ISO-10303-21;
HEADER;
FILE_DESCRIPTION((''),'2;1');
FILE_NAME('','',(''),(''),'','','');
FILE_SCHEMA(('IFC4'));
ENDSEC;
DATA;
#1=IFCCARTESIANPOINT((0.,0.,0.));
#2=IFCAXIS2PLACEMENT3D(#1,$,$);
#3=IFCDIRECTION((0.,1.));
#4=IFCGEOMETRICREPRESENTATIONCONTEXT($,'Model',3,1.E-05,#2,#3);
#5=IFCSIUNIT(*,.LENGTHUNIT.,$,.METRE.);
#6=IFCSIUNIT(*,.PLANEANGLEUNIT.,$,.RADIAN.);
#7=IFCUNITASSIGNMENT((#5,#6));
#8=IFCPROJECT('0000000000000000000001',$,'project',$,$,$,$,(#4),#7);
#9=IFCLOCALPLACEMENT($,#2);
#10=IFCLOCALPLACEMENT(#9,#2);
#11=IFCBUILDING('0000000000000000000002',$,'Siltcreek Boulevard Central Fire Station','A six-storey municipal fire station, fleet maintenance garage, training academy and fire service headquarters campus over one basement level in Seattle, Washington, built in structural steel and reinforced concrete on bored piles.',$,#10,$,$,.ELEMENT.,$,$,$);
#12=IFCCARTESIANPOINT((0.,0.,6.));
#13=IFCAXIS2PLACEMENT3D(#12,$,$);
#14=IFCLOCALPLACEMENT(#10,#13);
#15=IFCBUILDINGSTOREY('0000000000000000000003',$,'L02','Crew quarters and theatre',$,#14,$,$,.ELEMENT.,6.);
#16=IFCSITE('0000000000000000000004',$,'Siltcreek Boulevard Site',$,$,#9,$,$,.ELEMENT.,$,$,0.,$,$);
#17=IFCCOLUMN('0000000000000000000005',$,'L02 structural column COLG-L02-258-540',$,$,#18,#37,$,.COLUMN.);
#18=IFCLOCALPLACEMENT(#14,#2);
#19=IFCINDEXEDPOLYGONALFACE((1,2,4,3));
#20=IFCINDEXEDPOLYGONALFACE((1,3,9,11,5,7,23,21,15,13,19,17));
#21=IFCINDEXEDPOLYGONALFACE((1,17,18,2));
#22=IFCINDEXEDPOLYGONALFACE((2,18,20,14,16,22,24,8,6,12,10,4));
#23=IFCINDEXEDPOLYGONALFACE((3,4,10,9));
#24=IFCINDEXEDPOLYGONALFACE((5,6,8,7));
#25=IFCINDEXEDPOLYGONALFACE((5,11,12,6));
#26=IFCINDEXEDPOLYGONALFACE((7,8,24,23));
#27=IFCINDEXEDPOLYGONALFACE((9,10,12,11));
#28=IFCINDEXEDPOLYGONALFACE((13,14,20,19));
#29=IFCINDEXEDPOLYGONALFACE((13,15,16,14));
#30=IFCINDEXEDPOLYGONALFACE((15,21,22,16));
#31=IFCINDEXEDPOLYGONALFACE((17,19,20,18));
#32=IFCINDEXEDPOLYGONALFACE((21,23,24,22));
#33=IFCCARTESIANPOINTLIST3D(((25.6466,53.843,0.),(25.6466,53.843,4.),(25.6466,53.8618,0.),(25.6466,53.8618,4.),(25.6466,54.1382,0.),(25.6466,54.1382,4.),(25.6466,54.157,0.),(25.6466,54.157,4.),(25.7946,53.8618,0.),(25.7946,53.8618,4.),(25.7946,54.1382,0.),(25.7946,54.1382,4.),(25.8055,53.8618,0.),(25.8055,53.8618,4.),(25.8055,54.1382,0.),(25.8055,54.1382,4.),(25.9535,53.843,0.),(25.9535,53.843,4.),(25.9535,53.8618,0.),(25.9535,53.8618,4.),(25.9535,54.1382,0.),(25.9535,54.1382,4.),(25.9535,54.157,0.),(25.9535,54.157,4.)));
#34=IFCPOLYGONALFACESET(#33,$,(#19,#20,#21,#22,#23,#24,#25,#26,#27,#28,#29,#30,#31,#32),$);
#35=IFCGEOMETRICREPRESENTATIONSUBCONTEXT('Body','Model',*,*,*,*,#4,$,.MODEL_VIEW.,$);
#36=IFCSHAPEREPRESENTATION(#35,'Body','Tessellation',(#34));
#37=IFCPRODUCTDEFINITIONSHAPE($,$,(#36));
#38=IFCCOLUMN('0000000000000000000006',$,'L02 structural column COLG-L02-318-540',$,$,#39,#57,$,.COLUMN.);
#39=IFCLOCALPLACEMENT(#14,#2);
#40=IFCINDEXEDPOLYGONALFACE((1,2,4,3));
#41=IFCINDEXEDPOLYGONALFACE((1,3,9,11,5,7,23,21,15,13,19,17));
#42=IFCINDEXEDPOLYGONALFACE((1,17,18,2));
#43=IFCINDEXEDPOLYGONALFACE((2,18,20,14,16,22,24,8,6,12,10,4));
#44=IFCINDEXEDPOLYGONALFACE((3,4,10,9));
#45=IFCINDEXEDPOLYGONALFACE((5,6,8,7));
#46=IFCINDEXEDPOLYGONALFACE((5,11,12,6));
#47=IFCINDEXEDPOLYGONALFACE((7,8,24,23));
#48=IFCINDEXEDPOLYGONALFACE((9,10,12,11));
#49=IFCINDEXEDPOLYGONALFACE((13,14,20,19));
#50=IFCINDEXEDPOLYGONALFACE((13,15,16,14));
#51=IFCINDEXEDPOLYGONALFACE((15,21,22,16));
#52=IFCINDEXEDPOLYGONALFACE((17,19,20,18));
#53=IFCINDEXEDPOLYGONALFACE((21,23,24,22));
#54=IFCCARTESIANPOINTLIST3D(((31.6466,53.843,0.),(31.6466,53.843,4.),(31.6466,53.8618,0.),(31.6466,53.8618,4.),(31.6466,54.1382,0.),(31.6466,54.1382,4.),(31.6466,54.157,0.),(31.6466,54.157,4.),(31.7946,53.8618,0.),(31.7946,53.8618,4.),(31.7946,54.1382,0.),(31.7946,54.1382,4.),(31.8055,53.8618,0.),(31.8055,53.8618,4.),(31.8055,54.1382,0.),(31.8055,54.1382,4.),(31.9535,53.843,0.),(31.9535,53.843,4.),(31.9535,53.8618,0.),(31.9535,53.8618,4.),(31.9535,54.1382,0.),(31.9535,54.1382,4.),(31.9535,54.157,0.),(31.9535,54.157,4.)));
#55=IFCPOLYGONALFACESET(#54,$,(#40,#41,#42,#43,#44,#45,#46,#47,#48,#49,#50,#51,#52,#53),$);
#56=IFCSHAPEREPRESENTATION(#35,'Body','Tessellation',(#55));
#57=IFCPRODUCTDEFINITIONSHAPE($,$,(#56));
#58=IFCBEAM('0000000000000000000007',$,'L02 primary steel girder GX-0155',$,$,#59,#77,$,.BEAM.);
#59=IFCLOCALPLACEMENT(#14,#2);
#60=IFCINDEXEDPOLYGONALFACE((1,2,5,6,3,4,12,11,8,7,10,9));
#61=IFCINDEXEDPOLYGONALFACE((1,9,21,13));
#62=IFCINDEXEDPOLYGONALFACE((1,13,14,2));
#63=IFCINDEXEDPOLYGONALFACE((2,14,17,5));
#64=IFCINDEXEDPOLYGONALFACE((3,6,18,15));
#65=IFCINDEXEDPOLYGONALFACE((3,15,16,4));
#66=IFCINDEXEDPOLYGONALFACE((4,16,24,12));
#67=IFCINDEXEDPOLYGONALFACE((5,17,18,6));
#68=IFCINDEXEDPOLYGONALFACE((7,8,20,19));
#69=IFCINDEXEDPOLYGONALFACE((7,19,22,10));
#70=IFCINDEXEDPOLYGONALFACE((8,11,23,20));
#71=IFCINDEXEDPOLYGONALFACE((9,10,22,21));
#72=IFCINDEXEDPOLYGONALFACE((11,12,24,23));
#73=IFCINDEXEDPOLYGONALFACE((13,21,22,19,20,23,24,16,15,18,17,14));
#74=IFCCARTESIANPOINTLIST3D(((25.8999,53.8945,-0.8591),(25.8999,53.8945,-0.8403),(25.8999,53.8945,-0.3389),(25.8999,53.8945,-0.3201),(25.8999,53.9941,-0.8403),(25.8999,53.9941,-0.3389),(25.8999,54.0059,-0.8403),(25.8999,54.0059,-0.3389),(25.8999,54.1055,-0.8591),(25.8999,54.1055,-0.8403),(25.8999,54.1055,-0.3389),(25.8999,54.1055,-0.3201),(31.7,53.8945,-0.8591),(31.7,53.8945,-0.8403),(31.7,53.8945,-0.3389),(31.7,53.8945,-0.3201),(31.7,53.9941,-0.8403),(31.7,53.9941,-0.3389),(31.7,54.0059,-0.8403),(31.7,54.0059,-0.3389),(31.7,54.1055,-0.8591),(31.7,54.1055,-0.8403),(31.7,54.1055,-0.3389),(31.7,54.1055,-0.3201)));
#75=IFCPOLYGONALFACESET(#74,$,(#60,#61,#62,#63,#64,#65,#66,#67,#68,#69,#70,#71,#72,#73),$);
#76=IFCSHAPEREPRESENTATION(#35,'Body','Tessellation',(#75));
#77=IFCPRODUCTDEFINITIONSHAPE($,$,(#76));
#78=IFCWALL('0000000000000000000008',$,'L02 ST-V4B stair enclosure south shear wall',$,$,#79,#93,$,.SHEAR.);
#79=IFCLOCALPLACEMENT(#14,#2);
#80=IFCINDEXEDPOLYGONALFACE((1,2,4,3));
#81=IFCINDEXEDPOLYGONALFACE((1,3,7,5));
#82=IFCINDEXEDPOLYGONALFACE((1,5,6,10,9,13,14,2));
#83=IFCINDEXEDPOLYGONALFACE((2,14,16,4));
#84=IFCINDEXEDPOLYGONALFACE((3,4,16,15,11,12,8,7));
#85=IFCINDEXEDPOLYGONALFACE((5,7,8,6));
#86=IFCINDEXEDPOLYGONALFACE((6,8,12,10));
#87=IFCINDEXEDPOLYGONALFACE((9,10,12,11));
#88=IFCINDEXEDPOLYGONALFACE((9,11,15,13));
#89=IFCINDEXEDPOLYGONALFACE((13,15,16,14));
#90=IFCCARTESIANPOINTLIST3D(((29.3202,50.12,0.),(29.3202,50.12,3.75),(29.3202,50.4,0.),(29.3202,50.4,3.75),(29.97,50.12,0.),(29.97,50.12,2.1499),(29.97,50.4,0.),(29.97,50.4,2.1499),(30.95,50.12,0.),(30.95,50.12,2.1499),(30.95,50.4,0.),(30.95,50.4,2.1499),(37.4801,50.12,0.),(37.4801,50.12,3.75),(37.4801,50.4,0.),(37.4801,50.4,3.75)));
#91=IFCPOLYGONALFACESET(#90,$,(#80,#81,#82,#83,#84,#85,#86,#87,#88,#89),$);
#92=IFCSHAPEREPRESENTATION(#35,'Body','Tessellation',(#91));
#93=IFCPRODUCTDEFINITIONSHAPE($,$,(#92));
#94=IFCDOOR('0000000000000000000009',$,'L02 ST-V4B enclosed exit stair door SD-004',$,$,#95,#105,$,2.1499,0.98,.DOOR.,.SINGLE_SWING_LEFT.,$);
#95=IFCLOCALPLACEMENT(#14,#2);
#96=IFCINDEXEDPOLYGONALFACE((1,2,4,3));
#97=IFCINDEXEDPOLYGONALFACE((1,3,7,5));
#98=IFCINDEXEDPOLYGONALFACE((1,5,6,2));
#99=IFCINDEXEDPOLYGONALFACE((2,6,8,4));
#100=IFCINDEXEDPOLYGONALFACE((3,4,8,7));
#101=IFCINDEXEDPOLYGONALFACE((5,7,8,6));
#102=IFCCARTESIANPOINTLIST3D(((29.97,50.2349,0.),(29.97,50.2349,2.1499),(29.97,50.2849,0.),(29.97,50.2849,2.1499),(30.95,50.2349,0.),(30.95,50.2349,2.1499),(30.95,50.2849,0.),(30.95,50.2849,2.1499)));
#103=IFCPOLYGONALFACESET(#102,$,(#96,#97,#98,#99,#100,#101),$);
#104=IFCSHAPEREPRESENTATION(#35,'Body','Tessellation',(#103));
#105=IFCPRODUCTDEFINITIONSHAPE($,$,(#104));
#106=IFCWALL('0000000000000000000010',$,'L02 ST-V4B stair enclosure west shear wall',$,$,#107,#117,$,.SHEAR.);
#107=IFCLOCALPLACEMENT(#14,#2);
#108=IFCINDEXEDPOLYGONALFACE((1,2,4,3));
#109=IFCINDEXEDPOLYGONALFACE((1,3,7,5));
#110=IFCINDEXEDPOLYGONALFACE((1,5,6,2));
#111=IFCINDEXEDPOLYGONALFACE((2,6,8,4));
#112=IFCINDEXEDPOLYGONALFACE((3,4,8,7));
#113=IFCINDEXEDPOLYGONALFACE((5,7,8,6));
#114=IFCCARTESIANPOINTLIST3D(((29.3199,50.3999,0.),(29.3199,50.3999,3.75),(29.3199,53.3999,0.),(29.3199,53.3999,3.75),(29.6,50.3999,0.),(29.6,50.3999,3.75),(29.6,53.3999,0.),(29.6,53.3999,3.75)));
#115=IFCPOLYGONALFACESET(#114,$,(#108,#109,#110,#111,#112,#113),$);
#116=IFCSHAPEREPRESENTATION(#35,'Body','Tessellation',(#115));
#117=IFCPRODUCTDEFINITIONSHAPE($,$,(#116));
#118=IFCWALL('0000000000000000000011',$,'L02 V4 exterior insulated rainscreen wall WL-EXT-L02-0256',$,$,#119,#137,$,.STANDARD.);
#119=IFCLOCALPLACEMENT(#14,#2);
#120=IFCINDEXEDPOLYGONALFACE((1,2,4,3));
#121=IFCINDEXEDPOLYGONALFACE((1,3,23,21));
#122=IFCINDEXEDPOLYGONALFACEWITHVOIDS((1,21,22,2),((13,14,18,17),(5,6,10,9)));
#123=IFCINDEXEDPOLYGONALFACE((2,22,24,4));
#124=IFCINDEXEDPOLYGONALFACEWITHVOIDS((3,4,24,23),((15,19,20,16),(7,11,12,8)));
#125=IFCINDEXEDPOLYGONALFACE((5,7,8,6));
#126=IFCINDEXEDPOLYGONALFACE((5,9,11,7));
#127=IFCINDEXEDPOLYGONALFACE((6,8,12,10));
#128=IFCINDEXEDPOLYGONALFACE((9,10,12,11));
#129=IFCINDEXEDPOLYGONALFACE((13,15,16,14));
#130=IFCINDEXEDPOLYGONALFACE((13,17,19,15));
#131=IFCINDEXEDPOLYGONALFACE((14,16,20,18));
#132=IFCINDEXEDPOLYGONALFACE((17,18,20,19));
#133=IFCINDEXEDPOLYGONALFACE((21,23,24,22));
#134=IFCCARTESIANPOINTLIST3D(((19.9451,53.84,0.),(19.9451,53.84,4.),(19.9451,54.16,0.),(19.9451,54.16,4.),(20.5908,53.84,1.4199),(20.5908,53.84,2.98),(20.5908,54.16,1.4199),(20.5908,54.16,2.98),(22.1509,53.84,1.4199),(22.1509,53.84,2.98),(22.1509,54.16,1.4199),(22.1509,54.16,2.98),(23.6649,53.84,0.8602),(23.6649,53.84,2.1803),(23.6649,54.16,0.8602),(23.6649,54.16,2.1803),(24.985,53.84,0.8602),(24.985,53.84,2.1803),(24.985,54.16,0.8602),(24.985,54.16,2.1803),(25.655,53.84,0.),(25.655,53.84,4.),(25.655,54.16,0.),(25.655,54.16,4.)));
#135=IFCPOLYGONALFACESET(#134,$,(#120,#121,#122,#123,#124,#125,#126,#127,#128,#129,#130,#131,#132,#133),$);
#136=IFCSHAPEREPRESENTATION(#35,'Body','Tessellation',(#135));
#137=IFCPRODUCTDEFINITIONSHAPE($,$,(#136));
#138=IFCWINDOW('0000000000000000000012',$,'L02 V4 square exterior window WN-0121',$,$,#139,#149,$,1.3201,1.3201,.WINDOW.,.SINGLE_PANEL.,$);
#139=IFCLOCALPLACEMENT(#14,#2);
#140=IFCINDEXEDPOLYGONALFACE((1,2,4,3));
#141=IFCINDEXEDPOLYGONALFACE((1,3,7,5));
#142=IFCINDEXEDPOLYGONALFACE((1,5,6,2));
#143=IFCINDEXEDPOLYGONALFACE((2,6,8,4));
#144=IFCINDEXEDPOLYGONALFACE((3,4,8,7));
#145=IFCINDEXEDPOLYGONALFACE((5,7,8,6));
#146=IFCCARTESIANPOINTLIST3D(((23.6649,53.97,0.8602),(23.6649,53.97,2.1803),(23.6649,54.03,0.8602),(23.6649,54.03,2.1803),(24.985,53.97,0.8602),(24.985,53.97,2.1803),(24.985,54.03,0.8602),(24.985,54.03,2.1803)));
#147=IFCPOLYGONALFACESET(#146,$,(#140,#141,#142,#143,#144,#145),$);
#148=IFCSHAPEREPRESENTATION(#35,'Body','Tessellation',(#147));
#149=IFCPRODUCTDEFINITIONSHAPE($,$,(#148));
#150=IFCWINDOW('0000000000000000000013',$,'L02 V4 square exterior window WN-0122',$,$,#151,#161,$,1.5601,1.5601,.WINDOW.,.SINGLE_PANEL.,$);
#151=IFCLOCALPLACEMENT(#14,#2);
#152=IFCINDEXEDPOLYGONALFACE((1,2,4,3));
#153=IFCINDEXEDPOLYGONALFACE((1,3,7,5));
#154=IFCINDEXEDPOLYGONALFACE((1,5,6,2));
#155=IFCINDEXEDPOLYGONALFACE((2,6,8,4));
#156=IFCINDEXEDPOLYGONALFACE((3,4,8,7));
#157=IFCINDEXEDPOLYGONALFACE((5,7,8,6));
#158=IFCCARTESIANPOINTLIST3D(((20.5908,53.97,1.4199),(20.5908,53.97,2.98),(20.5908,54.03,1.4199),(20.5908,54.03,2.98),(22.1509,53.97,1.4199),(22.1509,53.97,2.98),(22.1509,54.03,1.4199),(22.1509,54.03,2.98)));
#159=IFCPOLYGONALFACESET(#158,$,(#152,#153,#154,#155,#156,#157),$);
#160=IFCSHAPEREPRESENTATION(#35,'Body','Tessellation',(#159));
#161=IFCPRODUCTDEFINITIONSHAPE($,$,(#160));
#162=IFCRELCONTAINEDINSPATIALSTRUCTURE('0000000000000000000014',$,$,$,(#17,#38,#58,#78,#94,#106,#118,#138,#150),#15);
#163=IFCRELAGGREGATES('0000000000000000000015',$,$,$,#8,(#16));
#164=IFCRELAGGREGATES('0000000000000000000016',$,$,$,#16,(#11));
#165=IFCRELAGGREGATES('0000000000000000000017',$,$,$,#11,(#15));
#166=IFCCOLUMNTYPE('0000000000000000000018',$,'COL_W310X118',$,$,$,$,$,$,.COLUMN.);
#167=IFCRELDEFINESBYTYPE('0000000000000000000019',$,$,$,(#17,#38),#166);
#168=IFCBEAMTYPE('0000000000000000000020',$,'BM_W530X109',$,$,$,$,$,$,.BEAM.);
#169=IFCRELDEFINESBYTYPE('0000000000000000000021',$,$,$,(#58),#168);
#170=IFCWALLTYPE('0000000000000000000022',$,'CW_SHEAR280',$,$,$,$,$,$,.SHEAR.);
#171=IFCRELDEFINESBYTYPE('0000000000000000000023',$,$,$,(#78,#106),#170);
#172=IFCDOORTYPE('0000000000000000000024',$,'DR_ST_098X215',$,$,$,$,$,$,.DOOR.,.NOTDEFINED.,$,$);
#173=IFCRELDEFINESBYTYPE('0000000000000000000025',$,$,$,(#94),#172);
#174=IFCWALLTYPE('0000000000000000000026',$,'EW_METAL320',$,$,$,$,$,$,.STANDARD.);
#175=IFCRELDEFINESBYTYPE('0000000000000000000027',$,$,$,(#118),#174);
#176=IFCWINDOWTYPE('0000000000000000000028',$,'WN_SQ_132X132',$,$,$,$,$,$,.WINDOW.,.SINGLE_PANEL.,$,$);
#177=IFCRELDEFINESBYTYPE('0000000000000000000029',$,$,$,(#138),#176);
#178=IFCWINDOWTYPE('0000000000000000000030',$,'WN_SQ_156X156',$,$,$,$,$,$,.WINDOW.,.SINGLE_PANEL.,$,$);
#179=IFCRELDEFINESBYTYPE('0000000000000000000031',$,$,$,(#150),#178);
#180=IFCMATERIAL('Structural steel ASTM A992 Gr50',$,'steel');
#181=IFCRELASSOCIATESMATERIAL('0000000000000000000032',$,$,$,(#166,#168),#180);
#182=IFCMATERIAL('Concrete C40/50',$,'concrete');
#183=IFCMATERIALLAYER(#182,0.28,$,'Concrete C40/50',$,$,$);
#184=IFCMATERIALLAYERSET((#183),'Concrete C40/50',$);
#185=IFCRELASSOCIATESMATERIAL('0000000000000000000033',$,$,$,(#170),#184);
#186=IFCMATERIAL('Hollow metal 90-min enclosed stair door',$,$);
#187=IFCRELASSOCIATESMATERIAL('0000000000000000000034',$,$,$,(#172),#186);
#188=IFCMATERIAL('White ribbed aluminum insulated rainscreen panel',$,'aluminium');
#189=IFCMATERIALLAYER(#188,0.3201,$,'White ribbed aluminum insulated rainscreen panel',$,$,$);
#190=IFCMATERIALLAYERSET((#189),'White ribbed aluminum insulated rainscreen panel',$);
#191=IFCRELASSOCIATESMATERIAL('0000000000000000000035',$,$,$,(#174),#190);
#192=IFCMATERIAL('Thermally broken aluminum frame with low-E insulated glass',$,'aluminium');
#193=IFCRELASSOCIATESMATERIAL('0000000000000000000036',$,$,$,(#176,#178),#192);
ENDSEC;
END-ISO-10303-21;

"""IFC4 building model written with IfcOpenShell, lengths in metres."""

from ifc_helpers import new_model, si_unit, direction, frame, frame_2d, origin, origin_2d, place, context, subcontext, project, spatial, rectangle, i_section, extrude, material, layer, layer_set, material_profile, profile_set, type_object, element, fill, save


model = new_model("IFC4")

# Units and contexts
model_context = context("Model", 3, precision=1e-05, world=origin(), true_north=direction((0.0, 1.0)))
body_context = subcontext(model_context, "Body", "Model", "MODEL_VIEW")
ifc_project = project(units=[si_unit("LENGTHUNIT", "METRE"), si_unit("PLANEANGLEUNIT", "RADIAN")], contexts=[model_context])

# Site, building, storey
site_placement = place(None, origin())
site = spatial("IfcSite", under=ifc_project, at=site_placement, Name="Siltcreek Boulevard Site", CompositionType="ELEMENT", RefElevation=0.0)
building_placement = place(site_placement, origin())
building = spatial("IfcBuilding", under=site, at=building_placement, Name="Siltcreek Boulevard Central Fire Station", Description="A six-storey municipal fire station, fleet maintenance garage, training academy and fire service headquarters campus over one basement level in Seattle, Washington, built in structural steel and reinforced concrete on bored piles.", CompositionType="ELEMENT")
storey_placement = place(building_placement, frame((0.0, 0.0, 6.0)))
storey = spatial("IfcBuildingStorey", under=building, at=storey_placement, Name="L02", Description="Crew quarters and theatre", CompositionType="ELEMENT", Elevation=6.0)

# Columns
ifc_material_1 = material(Name="Structural steel ASTM A992 Gr50", Category="steel")
ifc_material_profile_1 = material_profile(ifc_material_1, i_section(OverallWidth=0.3069, OverallDepth=0.314, WebThickness=0.011, FlangeThickness=0.0188, at=origin_2d()), Name="W310X118")
ifc_profile_set_1 = profile_set([ifc_material_profile_1], Name="Structural steel ASTM A992 Gr50")
column_type = type_object("IfcColumnType", Name="COL_W310X118", PredefinedType="COLUMN", material=ifc_profile_set_1)
for number, where, z_axis, x_axis, name in (
    (1, (25.8, 54.0, 0.0), (0.0, 0.0, 1.0), (1.0, 0.0, 0.0), "L02 structural column COLG-L02-258-540"),
    (2, (31.8, 54.0, 0.0), (0.0, 0.0, 1.0), (1.0, 0.0, 0.0), "L02 structural column COLG-L02-318-540"),
):
    element("IfcColumn", number, at=place(storey_placement, frame(where, z_axis=z_axis, x_axis=x_axis)), inside=storey, type_object=column_type, Name=name, PredefinedType="COLUMN", context=body_context, shape_type="SweptSolid", body=[
        extrude(i_section(OverallWidth=0.3069, OverallDepth=0.314, WebThickness=0.011, FlangeThickness=0.0188, at=origin_2d()), origin(), (0.0, 0.0, 1.0), 4.0),
    ])

# Beam
ifc_material_profile_2 = material_profile(ifc_material_1, i_section(OverallWidth=0.2109, OverallDepth=0.5391, WebThickness=0.0117, FlangeThickness=0.0188, at=origin_2d()), Name="W530X109")
ifc_profile_set_2 = profile_set([ifc_material_profile_2], Name="Structural steel ASTM A992 Gr50")
beam_type = type_object("IfcBeamType", Name="BM_W530X109", PredefinedType="BEAM", material=ifc_profile_set_2)
beam_placement = place(storey_placement, frame((25.8999, 54.0, -0.5896), z_axis=(1.0, 0.0, 0.0), x_axis=(0.0, 1.0, 0.0)))
element("IfcBeam", 3, at=beam_placement, inside=storey, type_object=beam_type, Name="L02 primary steel girder GX-0155", PredefinedType="BEAM", context=body_context, shape_type="SweptSolid", body=[
    extrude(i_section(OverallWidth=0.2109, OverallDepth=0.5391, WebThickness=0.0117, FlangeThickness=0.0188, at=origin_2d()), origin(), (0.0, 0.0, 1.0), 5.8),
])

# Wall, opening, door
ifc_material_2 = material(Name="Concrete C40/50", Category="concrete")
ifc_layer_1 = layer(ifc_material_2, 0.28, Name="Concrete C40/50")
ifc_layer_set_1 = layer_set([ifc_layer_1], Name="Concrete C40/50")
wall_type_1 = type_object("IfcWallType", Name="CW_SHEAR280", PredefinedType="SHEAR", material=ifc_layer_set_1)
wall_1_placement = place(storey_placement, frame((29.3201, 50.26, 0.0), z_axis=(0.0, 0.0, 1.0), x_axis=(1.0, 0.0, 0.0)))
wall_1 = element("IfcWall", 4, at=wall_1_placement, inside=storey, type_object=wall_type_1, Name="L02 ST-V4B stair enclosure south shear wall", PredefinedType="SHEAR", context=body_context, shape_type="SweptSolid", body=[
    extrude(rectangle(XDim=8.1599, YDim=0.28, at=frame_2d((4.0801, 0.0))), origin(), (0.0, 0.0, 1.0), 3.75),
])
opening_1_placement = place(wall_1_placement, frame((0.6499, 0.0, 0.0)))
opening_1 = element("IfcOpeningElement", 5, at=opening_1_placement, cuts=wall_1, PredefinedType="OPENING", context=body_context, shape_type="SweptSolid", body=[
    extrude(rectangle(XDim=0.98, YDim=2.1499, at=frame_2d((0.49, 1.075))), frame((0.0, 0.1499, 0.0), z_axis=(0.0, -1.0, 0.0), x_axis=(1.0, 0.0, 0.0)), (0.0, 0.0, 1.0), 0.3),
])
ifc_material_3 = material(Name="Hollow metal 90-min enclosed stair door")
door_type_1 = type_object("IfcDoorType", Name="DR_ST_098X215", OperationType="NOTDEFINED", PredefinedType="DOOR", material=ifc_material_3)
door_1_placement = place(opening_1_placement, origin())
door_1 = element("IfcDoor", 6, at=door_1_placement, inside=storey, type_object=door_type_1, Name="L02 ST-V4B enclosed exit stair door SD-004", OperationType="SINGLE_SWING_LEFT", OverallHeight=2.1499, OverallWidth=0.98, PredefinedType="DOOR", context=body_context, shape_type="SweptSolid", body=[
    extrude(rectangle(XDim=0.98, YDim=2.1499, at=frame_2d((0.49, 1.075))), frame((0.0, 0.0249, 0.0), z_axis=(0.0, -1.0, 0.0), x_axis=(1.0, 0.0, 0.0)), (0.0, 0.0, 1.0), 0.05),
])
fill(opening_1, door_1)

# Wall
wall_2_placement = place(storey_placement, frame((29.46, 53.3999, 0.0), z_axis=(0.0, 0.0, 1.0), x_axis=(0.0, -1.0, 0.0)))
element("IfcWall", 7, at=wall_2_placement, inside=storey, type_object=wall_type_1, Name="L02 ST-V4B stair enclosure west shear wall", PredefinedType="SHEAR", context=body_context, shape_type="SweptSolid", body=[
    extrude(rectangle(XDim=3.0, YDim=0.28, at=frame_2d((1.5, 0.0))), origin(), (0.0, 0.0, 1.0), 3.75),
])

# Wall, openings, windows
ifc_material_4 = material(Name="White ribbed aluminum insulated rainscreen panel", Category="aluminium")
ifc_layer_2 = layer(ifc_material_4, 0.3201, Name="White ribbed aluminum insulated rainscreen panel")
ifc_layer_set_2 = layer_set([ifc_layer_2], Name="White ribbed aluminum insulated rainscreen panel")
wall_type_2 = type_object("IfcWallType", Name="EW_METAL320", PredefinedType="STANDARD", material=ifc_layer_set_2)
wall_3_placement = place(storey_placement, frame((25.655, 54.0, 0.0), z_axis=(0.0, 0.0, 1.0), x_axis=(-1.0, 0.0, 0.0)))
wall_3 = element("IfcWall", 8, at=wall_3_placement, inside=storey, type_object=wall_type_2, Name="L02 V4 exterior insulated rainscreen wall WL-EXT-L02-0256", PredefinedType="STANDARD", context=body_context, shape_type="SweptSolid", body=[
    extrude(rectangle(XDim=5.71, YDim=0.3201, at=frame_2d((2.855, 0.0))), origin(), (0.0, 0.0, 1.0), 4.0),
])
opening_2_placement = place(wall_3_placement, frame((0.6699, 0.0, 0.8601)))
opening_2 = element("IfcOpeningElement", 9, at=opening_2_placement, cuts=wall_3, PredefinedType="OPENING", context=body_context, shape_type="SweptSolid", body=[
    extrude(rectangle(XDim=1.3201, YDim=1.3201, at=frame_2d((0.6602, 0.6602))), frame((0.0, 0.1699, 0.0), z_axis=(0.0, -1.0, 0.0), x_axis=(1.0, 0.0, 0.0)), (0.0, 0.0, 1.0), 0.3401),
])
opening_3_placement = place(wall_3_placement, frame((3.5042, 0.0, 1.4199)))
opening_3 = element("IfcOpeningElement", 10, at=opening_3_placement, cuts=wall_3, PredefinedType="OPENING", context=body_context, shape_type="SweptSolid", body=[
    extrude(rectangle(XDim=1.5601, YDim=1.5601, at=frame_2d((0.78, 0.78))), frame((0.0, 0.1699, 0.0), z_axis=(0.0, -1.0, 0.0), x_axis=(1.0, 0.0, 0.0)), (0.0, 0.0, 1.0), 0.3401),
])
ifc_material_5 = material(Name="Thermally broken aluminum frame with low-E insulated glass", Category="aluminium")
window_type_1 = type_object("IfcWindowType", Name="WN_SQ_132X132", PartitioningType="SINGLE_PANEL", PredefinedType="WINDOW", material=ifc_material_5)
window_1_placement = place(opening_2_placement, origin())
window_1 = element("IfcWindow", 11, at=window_1_placement, inside=storey, type_object=window_type_1, Name="L02 V4 square exterior window WN-0121", OverallHeight=1.3201, OverallWidth=1.3201, PartitioningType="SINGLE_PANEL", PredefinedType="WINDOW", context=body_context, shape_type="SweptSolid", body=[
    extrude(rectangle(XDim=1.3201, YDim=1.3201, at=frame_2d((0.6602, 0.6602))), frame((0.0, 0.03, 0.0), z_axis=(0.0, -1.0, 0.0), x_axis=(1.0, 0.0, 0.0)), (0.0, 0.0, 1.0), 0.0601),
])
fill(opening_2, window_1)
window_type_2 = type_object("IfcWindowType", Name="WN_SQ_156X156", PartitioningType="SINGLE_PANEL", PredefinedType="WINDOW", material=ifc_material_5)
window_2_placement = place(opening_3_placement, origin())
window_2 = element("IfcWindow", 12, at=window_2_placement, inside=storey, type_object=window_type_2, Name="L02 V4 square exterior window WN-0122", OverallHeight=1.5601, OverallWidth=1.5601, PartitioningType="SINGLE_PANEL", PredefinedType="WINDOW", context=body_context, shape_type="SweptSolid", body=[
    extrude(rectangle(XDim=1.5601, YDim=1.5601, at=frame_2d((0.78, 0.78))), frame((0.0, 0.03, 0.0), z_axis=(0.0, -1.0, 0.0), x_axis=(1.0, 0.0, 0.0)), (0.0, 0.0, 1.0), 0.0601),
])
fill(opening_3, window_2)

save(model, "model.ifc")
